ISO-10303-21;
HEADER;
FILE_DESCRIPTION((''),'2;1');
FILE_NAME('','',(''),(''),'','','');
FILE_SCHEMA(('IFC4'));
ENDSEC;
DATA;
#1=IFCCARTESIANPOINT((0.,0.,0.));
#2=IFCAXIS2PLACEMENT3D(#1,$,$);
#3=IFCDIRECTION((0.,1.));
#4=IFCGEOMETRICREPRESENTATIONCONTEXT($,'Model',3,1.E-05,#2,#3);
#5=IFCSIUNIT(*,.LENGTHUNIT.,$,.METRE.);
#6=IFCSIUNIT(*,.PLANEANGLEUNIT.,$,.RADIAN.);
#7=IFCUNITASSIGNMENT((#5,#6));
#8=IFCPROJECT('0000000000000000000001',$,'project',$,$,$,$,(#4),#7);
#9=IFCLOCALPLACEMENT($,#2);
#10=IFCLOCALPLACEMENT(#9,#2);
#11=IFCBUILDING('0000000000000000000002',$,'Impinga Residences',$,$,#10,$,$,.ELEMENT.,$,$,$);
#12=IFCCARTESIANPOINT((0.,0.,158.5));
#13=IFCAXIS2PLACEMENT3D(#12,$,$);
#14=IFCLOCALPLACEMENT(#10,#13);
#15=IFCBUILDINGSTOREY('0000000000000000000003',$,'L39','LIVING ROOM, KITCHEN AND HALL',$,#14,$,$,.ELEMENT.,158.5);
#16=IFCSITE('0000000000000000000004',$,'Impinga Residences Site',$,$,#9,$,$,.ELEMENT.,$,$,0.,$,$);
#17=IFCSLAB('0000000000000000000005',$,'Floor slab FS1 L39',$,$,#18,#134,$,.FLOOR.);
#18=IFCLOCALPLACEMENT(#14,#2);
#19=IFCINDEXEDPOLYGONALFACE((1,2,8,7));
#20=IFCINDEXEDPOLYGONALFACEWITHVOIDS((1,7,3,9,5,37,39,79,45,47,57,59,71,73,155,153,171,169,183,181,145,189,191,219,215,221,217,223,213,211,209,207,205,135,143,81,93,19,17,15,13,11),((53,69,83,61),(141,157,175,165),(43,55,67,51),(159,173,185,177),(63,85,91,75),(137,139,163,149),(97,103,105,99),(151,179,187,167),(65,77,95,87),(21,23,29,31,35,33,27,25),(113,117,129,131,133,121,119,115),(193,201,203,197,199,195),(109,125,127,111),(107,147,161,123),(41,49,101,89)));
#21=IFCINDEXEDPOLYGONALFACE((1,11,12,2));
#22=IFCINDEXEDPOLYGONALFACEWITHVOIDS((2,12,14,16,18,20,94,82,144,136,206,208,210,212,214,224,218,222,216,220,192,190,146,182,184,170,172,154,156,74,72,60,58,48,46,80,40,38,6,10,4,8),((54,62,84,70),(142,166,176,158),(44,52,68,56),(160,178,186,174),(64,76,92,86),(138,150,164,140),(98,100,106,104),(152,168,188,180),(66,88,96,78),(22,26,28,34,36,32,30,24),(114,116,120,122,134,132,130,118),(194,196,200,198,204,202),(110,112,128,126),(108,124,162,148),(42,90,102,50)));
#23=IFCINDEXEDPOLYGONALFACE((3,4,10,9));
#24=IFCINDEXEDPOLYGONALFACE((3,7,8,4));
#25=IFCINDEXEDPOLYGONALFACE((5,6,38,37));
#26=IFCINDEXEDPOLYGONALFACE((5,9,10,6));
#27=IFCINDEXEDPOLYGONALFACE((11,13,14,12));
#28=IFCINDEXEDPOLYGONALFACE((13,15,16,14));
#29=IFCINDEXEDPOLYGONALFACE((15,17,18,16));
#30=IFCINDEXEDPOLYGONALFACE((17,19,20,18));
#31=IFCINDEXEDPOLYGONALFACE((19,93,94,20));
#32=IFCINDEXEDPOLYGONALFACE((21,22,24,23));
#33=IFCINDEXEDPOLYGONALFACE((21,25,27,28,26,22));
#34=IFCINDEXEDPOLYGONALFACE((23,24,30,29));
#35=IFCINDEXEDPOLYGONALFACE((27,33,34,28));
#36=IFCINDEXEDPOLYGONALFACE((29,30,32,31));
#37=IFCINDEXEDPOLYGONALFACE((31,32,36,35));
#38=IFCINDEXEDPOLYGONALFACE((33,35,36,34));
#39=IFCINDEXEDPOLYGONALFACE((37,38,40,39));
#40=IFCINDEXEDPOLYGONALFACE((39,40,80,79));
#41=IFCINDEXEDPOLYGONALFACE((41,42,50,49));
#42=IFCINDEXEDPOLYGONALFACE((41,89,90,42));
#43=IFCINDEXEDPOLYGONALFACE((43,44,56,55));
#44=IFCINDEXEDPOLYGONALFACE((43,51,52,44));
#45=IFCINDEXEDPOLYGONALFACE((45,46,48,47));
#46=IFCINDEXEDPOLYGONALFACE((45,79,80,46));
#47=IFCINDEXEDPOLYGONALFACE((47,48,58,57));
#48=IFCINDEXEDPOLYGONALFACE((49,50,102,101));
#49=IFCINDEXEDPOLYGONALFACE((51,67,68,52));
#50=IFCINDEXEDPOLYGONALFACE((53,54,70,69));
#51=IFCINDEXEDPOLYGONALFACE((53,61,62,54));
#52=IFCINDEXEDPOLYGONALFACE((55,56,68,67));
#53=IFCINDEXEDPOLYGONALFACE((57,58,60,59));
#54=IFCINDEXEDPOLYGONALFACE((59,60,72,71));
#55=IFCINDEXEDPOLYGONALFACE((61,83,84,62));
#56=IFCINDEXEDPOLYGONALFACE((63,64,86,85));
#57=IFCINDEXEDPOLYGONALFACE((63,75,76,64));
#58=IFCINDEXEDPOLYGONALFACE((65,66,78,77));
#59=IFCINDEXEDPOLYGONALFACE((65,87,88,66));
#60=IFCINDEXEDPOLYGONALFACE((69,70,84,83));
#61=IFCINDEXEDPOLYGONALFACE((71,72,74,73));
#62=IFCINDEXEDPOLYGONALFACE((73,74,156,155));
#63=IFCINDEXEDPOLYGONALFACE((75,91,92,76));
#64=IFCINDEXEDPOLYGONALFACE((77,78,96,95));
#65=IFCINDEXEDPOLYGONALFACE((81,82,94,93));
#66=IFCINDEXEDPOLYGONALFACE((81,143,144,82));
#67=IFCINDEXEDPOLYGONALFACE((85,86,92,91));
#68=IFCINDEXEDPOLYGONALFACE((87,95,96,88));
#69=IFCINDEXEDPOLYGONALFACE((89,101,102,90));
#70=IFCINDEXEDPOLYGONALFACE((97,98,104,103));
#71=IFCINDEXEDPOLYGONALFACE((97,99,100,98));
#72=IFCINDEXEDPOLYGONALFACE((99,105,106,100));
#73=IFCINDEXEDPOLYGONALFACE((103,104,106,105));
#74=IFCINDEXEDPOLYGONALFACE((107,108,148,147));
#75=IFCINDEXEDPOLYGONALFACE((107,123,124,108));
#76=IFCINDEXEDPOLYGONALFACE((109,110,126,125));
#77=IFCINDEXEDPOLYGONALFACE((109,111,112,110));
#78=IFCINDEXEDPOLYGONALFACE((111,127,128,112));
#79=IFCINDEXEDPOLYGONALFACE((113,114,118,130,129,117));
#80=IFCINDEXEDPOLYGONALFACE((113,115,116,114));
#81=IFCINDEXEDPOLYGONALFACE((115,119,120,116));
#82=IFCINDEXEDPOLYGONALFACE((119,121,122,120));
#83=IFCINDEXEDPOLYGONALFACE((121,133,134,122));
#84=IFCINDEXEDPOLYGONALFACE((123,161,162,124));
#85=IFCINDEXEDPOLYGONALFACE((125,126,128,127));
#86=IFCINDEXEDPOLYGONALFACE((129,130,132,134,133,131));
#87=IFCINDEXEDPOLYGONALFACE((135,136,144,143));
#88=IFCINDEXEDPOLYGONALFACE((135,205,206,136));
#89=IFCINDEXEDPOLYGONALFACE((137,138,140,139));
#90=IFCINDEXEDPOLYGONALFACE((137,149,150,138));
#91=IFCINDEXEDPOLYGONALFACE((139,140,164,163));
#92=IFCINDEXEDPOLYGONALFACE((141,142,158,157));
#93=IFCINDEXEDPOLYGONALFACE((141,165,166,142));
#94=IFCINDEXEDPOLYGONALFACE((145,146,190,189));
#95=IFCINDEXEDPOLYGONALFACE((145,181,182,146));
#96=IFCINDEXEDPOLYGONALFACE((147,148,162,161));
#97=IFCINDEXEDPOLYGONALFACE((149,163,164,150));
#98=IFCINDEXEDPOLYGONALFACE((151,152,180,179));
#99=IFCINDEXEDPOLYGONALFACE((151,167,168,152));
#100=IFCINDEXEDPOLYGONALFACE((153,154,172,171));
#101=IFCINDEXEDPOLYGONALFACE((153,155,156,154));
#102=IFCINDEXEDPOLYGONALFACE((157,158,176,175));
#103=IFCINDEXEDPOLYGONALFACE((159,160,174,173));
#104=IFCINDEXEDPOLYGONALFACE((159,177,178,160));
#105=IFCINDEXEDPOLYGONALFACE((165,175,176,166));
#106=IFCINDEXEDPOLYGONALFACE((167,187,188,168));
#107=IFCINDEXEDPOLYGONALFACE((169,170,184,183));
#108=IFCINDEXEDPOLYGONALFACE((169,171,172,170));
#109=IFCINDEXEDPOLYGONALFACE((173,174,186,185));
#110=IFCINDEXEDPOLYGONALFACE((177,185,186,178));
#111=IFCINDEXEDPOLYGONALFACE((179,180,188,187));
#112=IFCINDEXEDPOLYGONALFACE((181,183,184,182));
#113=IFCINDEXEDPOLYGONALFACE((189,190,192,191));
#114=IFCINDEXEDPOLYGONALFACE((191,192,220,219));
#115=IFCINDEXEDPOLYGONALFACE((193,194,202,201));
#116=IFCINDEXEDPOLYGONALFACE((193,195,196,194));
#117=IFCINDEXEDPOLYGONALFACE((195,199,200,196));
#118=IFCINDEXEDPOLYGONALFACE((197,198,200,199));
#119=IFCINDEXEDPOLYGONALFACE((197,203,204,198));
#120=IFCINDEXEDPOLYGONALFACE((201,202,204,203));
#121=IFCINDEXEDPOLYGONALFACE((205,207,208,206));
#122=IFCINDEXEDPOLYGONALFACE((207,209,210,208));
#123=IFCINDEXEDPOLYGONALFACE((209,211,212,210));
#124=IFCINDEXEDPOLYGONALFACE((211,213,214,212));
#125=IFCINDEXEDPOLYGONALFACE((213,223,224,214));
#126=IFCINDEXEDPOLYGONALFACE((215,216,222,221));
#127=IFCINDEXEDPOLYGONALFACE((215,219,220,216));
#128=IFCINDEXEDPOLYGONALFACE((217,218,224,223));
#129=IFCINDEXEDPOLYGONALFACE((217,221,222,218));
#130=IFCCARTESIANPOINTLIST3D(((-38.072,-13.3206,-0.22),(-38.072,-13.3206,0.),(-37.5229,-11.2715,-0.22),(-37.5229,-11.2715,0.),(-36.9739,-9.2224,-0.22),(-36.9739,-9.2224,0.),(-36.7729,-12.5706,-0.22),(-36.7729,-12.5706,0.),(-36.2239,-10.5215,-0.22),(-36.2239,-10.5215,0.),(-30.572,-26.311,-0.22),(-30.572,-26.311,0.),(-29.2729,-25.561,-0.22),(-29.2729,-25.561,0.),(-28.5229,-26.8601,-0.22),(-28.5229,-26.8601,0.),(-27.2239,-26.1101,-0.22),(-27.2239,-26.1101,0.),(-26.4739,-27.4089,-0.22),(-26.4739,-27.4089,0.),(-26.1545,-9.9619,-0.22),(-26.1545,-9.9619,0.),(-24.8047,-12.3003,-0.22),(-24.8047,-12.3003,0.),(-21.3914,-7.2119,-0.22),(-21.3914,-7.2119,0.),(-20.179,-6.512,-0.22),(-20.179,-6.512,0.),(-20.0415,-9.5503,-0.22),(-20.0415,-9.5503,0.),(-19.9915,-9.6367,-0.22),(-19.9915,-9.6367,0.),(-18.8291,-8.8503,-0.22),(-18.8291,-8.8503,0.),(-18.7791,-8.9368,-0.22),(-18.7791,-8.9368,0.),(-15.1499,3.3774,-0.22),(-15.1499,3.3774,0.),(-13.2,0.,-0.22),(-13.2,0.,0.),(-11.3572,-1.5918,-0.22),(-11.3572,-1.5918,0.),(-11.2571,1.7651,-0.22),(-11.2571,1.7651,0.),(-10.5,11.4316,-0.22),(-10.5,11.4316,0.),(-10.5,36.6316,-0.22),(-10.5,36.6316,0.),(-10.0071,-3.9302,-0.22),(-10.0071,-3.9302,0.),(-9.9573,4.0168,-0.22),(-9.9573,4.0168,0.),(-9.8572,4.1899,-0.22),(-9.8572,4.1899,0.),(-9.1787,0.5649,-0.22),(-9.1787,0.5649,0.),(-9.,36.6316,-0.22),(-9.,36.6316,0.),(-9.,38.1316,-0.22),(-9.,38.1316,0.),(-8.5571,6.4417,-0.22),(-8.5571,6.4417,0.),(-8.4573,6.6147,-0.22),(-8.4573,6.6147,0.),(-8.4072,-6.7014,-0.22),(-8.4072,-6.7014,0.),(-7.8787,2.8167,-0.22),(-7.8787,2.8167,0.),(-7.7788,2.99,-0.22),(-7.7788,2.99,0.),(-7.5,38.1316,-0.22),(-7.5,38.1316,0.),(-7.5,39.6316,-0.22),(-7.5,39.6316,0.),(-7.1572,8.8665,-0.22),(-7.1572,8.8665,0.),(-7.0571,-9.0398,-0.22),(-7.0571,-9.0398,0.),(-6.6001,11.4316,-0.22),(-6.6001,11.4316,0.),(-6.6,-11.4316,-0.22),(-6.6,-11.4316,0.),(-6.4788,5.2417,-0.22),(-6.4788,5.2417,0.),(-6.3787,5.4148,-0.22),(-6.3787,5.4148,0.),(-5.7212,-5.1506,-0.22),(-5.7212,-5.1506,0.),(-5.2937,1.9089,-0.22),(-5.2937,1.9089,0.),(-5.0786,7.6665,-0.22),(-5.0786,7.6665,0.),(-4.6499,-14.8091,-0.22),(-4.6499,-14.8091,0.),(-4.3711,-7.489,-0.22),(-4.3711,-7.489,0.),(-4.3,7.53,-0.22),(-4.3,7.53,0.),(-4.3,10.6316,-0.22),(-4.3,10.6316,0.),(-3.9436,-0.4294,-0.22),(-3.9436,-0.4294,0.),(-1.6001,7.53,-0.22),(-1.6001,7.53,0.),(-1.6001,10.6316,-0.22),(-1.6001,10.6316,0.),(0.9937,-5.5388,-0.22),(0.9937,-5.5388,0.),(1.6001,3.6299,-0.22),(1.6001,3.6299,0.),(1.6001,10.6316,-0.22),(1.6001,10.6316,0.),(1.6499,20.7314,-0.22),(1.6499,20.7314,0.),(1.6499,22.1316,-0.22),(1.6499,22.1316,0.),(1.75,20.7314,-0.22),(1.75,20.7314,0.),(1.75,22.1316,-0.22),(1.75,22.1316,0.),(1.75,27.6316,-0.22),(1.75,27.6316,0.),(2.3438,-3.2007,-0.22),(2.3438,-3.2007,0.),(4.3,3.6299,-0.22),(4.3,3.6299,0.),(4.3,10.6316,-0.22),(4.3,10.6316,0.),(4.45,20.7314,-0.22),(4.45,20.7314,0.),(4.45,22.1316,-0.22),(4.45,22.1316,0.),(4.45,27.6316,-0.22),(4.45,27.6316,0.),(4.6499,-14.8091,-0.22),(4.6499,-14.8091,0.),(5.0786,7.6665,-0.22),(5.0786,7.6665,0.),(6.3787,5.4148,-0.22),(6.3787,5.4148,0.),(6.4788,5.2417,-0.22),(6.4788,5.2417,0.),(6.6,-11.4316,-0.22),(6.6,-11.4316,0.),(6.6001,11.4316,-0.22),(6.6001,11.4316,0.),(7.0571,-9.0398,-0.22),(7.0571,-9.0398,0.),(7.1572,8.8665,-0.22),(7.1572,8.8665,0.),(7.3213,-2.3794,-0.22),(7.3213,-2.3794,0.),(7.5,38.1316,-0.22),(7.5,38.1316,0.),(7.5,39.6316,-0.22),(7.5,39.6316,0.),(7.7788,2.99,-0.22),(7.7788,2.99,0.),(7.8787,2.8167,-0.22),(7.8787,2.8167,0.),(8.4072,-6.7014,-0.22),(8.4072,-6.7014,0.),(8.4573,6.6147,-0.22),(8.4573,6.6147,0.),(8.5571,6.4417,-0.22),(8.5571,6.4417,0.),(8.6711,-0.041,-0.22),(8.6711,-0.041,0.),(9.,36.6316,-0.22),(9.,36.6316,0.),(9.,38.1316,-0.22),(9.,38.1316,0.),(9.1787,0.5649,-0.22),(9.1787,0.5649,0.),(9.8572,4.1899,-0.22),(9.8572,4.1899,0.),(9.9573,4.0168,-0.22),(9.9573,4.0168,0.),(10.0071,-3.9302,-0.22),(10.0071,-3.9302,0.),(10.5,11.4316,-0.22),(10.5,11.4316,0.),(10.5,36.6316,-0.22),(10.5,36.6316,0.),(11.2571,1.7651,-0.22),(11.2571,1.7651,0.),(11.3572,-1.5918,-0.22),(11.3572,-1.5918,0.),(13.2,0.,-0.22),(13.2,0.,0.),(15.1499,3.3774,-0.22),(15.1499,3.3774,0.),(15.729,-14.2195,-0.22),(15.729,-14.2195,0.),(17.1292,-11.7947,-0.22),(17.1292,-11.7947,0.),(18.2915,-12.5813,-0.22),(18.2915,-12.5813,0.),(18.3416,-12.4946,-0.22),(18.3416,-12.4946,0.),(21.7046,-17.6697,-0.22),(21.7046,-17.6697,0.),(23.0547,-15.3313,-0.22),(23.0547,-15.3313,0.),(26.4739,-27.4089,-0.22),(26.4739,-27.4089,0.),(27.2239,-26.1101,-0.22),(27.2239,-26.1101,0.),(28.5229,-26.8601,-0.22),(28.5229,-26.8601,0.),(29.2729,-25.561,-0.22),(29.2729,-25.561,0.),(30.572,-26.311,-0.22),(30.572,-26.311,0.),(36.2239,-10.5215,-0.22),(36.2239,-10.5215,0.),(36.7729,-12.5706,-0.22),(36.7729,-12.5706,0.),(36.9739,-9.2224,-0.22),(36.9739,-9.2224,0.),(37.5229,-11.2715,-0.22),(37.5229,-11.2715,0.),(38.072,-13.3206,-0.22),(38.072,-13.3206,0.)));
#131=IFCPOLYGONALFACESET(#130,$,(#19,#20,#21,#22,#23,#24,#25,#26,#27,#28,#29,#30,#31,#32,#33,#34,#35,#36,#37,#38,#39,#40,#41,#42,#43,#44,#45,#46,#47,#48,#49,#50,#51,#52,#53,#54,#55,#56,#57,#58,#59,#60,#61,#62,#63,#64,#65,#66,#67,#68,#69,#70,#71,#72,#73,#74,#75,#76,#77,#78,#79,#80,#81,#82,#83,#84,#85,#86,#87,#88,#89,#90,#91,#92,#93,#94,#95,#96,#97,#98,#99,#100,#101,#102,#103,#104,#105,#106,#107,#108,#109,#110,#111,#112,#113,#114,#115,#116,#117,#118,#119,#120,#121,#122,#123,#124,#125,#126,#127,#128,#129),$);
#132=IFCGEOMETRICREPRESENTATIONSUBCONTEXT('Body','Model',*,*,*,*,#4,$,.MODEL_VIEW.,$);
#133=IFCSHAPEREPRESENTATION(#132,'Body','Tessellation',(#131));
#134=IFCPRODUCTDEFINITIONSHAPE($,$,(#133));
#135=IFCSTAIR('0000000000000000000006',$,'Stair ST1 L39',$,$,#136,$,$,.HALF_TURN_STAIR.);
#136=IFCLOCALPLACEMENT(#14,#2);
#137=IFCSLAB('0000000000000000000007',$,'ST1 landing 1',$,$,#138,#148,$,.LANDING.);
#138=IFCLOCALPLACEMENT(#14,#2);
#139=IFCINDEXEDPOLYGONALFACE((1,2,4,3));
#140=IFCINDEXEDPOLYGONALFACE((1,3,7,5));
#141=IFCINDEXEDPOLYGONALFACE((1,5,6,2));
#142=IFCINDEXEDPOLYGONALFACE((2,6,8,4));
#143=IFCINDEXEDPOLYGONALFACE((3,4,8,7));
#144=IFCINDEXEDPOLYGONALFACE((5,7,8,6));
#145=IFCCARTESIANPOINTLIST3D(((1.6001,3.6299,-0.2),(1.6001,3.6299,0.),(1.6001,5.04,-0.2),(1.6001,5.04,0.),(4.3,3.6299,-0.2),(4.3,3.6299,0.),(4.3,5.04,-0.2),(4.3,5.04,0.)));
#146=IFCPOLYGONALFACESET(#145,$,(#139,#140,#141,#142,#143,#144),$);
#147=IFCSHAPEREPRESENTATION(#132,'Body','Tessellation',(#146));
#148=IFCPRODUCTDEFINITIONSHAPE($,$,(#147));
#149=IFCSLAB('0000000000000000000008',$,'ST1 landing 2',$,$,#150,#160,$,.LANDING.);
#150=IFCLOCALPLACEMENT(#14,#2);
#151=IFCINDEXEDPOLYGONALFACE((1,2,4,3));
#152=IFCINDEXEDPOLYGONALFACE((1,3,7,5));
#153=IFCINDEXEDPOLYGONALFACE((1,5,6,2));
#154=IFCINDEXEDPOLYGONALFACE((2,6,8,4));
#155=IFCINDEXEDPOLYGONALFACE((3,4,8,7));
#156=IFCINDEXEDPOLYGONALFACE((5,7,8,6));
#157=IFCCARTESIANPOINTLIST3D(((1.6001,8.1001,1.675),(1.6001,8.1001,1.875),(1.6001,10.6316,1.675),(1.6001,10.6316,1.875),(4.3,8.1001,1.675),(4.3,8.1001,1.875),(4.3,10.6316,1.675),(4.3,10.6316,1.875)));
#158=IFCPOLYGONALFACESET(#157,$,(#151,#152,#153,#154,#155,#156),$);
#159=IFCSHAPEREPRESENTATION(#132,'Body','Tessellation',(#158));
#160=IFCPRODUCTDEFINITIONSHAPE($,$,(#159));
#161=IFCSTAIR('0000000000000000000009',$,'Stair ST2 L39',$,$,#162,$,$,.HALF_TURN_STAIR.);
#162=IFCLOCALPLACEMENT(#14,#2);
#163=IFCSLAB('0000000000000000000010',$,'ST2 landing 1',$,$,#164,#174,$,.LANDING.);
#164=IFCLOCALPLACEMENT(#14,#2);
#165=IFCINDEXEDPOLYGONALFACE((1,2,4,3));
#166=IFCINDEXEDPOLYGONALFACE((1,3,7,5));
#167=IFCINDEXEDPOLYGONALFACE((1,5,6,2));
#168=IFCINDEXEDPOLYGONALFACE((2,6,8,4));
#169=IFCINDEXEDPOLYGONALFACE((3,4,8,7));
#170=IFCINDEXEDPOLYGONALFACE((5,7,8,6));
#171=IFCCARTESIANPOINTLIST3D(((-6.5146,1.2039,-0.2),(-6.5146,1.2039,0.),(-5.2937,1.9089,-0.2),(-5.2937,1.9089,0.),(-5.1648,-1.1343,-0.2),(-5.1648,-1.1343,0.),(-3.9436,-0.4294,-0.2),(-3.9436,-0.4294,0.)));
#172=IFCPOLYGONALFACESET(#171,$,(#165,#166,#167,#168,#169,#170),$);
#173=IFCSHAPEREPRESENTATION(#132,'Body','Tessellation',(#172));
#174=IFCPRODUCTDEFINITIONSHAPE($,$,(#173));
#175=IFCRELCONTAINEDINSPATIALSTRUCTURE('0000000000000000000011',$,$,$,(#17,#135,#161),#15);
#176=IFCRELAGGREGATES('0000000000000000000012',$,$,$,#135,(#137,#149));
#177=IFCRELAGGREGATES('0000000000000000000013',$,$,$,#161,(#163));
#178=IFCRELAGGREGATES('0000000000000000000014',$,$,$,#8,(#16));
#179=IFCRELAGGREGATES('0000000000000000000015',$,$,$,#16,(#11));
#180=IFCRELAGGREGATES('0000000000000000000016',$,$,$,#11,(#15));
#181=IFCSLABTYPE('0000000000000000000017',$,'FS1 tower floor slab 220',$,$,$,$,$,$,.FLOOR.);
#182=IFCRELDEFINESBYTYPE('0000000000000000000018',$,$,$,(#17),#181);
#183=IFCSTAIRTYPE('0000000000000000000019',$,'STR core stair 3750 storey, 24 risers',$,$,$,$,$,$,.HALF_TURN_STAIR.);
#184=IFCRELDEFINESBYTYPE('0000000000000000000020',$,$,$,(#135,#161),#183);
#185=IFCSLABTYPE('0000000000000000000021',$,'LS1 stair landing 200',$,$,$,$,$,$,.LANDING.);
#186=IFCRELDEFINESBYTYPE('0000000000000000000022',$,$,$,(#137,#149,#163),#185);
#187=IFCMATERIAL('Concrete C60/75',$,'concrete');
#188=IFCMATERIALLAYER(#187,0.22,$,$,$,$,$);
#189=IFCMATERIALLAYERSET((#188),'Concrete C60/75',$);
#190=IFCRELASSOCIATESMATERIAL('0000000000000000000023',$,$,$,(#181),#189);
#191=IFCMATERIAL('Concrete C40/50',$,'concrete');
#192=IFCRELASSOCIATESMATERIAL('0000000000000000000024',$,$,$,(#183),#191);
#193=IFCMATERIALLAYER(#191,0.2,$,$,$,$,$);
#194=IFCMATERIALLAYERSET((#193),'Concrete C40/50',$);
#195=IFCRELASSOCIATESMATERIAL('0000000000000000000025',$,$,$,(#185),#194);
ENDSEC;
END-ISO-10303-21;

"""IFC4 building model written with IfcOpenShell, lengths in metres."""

from ifc_helpers import new_model, si_unit, direction, frame, origin, place, context, subcontext, project, spatial, polyline, outline, extrude, material, layer, layer_set, type_object, element, aggregate, save


model = new_model("IFC4")

# Units and contexts
model_context = context("Model", 3, precision=1e-05, world=origin(), true_north=direction((0.0, 1.0)))
body_context = subcontext(model_context, "Body", "Model", "MODEL_VIEW")
ifc_project = project(units=[si_unit("LENGTHUNIT", "METRE"), si_unit("PLANEANGLEUNIT", "RADIAN")], contexts=[model_context])

# Site, building, storey
site_placement = place(None, origin())
site = spatial("IfcSite", under=ifc_project, at=site_placement, Name="Impinga Residences Site", CompositionType="ELEMENT", RefElevation=0.0)
building_placement = place(site_placement, origin())
building = spatial("IfcBuilding", under=site, at=building_placement, Name="Impinga Residences", CompositionType="ELEMENT")
storey_placement = place(building_placement, frame((0.0, 0.0, 158.5)))
storey = spatial("IfcBuildingStorey", under=building, at=storey_placement, Name="L39", Description="LIVING ROOM, KITCHEN AND HALL", CompositionType="ELEMENT", Elevation=158.5)

# Slab
ifc_material_1 = material(Name="Concrete C60/75", Category="concrete")
ifc_layer_1 = layer(ifc_material_1, 0.22)
ifc_layer_set_1 = layer_set([ifc_layer_1], Name="Concrete C60/75")
slab_type_1 = type_object("IfcSlabType", Name="FS1 tower floor slab 220", PredefinedType="FLOOR", material=ifc_layer_set_1)
slab_1_placement = place(storey_placement, frame((0.0, 0.0, -0.22)))
element("IfcSlab", 1, at=slab_1_placement, inside=storey, type_object=slab_type_1, Name="Floor slab FS1 L39", PredefinedType="FLOOR", context=body_context, shape_type="SweptSolid", body=[
    extrude(outline(polyline([(-27.2239, -26.1101), (-28.5229, -26.8601), (-29.2729, -25.561), (-30.572, -26.311), (-38.072, -13.3206), (-36.7729, -12.5706), (-37.5229, -11.2715), (-36.2239, -10.5215), (-36.9739, -9.2224), (-15.1499, 3.3774), (-13.2, 0.0), (-6.6001, 11.4316), (-10.5, 11.4316), (-10.5, 36.6316), (-9.0, 36.6316), (-9.0, 38.1316), (-7.5, 38.1316), (-7.5, 39.6316), (7.5, 39.6316), (7.5, 38.1316), (9.0, 38.1316), (9.0, 36.6316), (10.5, 36.6316), (10.5, 11.4316), (6.6001, 11.4316), (13.2, 0.0), (15.1499, 3.3774), (36.9739, -9.2224), (36.2239, -10.5215), (37.5229, -11.2715), (36.7729, -12.5706), (38.072, -13.3206), (30.572, -26.311), (29.2729, -25.561), (28.5229, -26.8601), (27.2239, -26.1101), (26.4739, -27.4089), (4.6499, -14.8091), (9.9001, -5.7158), (6.6001, -11.4316), (-6.6001, -11.4316), (-9.9001, -5.7158), (-4.6499, -14.8091), (-26.4739, -27.4089), (-27.2239, -26.1101)]), holes=[polyline([(-18.7791, -8.9368), (-18.8291, -8.8503), (-18.8291, -8.8503), (-20.179, -6.512), (-21.3914, -7.2119), (-21.3914, -7.2119), (-26.1545, -9.9619), (-24.8047, -12.3003), (-20.0415, -9.5503), (-19.9915, -9.6367), (-18.7791, -8.9368)]), polyline([(-4.3711, -7.489), (-5.7212, -5.1506), (-8.4072, -6.7014), (-7.0571, -9.0398), (-4.3711, -7.489)]), polyline([(-3.9436, -0.4294), (-5.2937, 1.9089), (-11.3572, -1.5918), (-10.0071, -3.9302), (-3.9436, -0.4294)]), polyline([(-7.8787, 2.8167), (-9.9573, 4.0168), (-11.2571, 1.7651), (-9.1787, 0.5649), (-7.8787, 2.8167)]), polyline([(-6.4788, 5.2417), (-8.5571, 6.4417), (-9.8572, 4.1899), (-7.7788, 2.99), (-6.4788, 5.2417)]), polyline([(4.3, 3.6299), (4.3, 10.6316), (1.6001, 10.6316), (1.6001, 3.6299), (4.3, 3.6299)]), polyline([(-6.3787, 5.4148), (-5.0786, 7.6665), (-7.1572, 8.8665), (-8.4573, 6.6147), (-6.3787, 5.4148)]), polyline([(-4.3, 7.53), (-1.6001, 7.53), (-1.6001, 10.6316), (-4.3, 10.6316), (-4.3, 7.53)]), polyline([(4.45, 20.7314), (4.45, 22.1316), (4.45, 27.6316), (1.75, 27.6316), (1.75, 22.1316), (1.6499, 22.1316), (1.6499, 20.7314), (1.75, 20.7314), (4.45, 20.7314)]), polyline([(15.729, -14.2195), (21.7046, -17.6697), (23.0547, -15.3313), (18.2915, -12.5813), (18.3416, -12.4946), (17.1292, -11.7947), (15.729, -14.2195)]), polyline([(2.3438, -3.2007), (0.9937, -5.5388), (7.0571, -9.0398), (8.4072, -6.7014), (2.3438, -3.2007)]), polyline([(7.3213, -2.3794), (10.0071, -3.9302), (11.3572, -1.5918), (8.6711, -0.041), (7.3213, -2.3794)]), polyline([(7.8787, 2.8167), (9.1787, 0.5649), (11.2571, 1.7651), (9.9573, 4.0168), (7.8787, 2.8167)]), polyline([(6.4788, 5.2417), (7.7788, 2.99), (9.8572, 4.1899), (8.5571, 6.4417), (6.4788, 5.2417)]), polyline([(6.3787, 5.4148), (8.4573, 6.6147), (7.1572, 8.8665), (5.0786, 7.6665), (6.3787, 5.4148)])]), origin(), (0.0, 0.0, 1.0), 0.22),
])

# Stairs, slabs
ifc_material_2 = material(Name="Concrete C40/50", Category="concrete")
stair_type_1 = type_object("IfcStairType", Name="STR core stair 3750 storey, 24 risers", PredefinedType="HALF_TURN_STAIR", material=ifc_material_2)
stair_1_placement = place(storey_placement, origin())
stair_1 = element("IfcStair", 2, at=stair_1_placement, inside=storey, type_object=stair_type_1, Name="Stair ST1 L39", PredefinedType="HALF_TURN_STAIR")
ifc_layer_2 = layer(ifc_material_2, 0.2)
ifc_layer_set_2 = layer_set([ifc_layer_2], Name="Concrete C40/50")
slab_type_2 = type_object("IfcSlabType", Name="LS1 stair landing 200", PredefinedType="LANDING", material=ifc_layer_set_2)
slab_2_placement = place(storey_placement, frame((0.0, 0.0, -0.2)))
slab_2 = element("IfcSlab", 3, at=slab_2_placement, type_object=slab_type_2, Name="ST1 landing 1", PredefinedType="LANDING", context=body_context, shape_type="SweptSolid", body=[
    extrude(outline(polyline([(1.6001, 3.6299), (4.3, 3.6299), (4.3, 5.04), (1.6001, 5.04), (1.6001, 3.6299)])), origin(), (0.0, 0.0, 1.0), 0.2),
])
slab_3_placement = place(storey_placement, frame((0.0, 0.0, 1.675)))
slab_3 = element("IfcSlab", 4, at=slab_3_placement, type_object=slab_type_2, Name="ST1 landing 2", PredefinedType="LANDING", context=body_context, shape_type="SweptSolid", body=[
    extrude(outline(polyline([(1.6001, 8.1001), (4.3, 8.1001), (4.3, 10.6316), (1.6001, 10.6316), (1.6001, 8.1001)])), origin(), (0.0, 0.0, 1.0), 0.2),
])
aggregate(stair_1, [slab_2, slab_3])
stair_2_placement = place(storey_placement, origin())
stair_2 = element("IfcStair", 5, at=stair_2_placement, inside=storey, type_object=stair_type_1, Name="Stair ST2 L39", PredefinedType="HALF_TURN_STAIR")
slab_4_placement = place(storey_placement, frame((0.0, 0.0, -0.2)))
slab_4 = element("IfcSlab", 6, at=slab_4_placement, type_object=slab_type_2, Name="ST2 landing 1", PredefinedType="LANDING", context=body_context, shape_type="SweptSolid", body=[
    extrude(outline(polyline([(-3.9436, -0.4294), (-5.2937, 1.9089), (-6.5146, 1.2039), (-5.1648, -1.1343), (-3.9436, -0.4294)])), origin(), (0.0, 0.0, 1.0), 0.2),
])
aggregate(stair_2, [slab_4])

save(model, "model.ifc")
